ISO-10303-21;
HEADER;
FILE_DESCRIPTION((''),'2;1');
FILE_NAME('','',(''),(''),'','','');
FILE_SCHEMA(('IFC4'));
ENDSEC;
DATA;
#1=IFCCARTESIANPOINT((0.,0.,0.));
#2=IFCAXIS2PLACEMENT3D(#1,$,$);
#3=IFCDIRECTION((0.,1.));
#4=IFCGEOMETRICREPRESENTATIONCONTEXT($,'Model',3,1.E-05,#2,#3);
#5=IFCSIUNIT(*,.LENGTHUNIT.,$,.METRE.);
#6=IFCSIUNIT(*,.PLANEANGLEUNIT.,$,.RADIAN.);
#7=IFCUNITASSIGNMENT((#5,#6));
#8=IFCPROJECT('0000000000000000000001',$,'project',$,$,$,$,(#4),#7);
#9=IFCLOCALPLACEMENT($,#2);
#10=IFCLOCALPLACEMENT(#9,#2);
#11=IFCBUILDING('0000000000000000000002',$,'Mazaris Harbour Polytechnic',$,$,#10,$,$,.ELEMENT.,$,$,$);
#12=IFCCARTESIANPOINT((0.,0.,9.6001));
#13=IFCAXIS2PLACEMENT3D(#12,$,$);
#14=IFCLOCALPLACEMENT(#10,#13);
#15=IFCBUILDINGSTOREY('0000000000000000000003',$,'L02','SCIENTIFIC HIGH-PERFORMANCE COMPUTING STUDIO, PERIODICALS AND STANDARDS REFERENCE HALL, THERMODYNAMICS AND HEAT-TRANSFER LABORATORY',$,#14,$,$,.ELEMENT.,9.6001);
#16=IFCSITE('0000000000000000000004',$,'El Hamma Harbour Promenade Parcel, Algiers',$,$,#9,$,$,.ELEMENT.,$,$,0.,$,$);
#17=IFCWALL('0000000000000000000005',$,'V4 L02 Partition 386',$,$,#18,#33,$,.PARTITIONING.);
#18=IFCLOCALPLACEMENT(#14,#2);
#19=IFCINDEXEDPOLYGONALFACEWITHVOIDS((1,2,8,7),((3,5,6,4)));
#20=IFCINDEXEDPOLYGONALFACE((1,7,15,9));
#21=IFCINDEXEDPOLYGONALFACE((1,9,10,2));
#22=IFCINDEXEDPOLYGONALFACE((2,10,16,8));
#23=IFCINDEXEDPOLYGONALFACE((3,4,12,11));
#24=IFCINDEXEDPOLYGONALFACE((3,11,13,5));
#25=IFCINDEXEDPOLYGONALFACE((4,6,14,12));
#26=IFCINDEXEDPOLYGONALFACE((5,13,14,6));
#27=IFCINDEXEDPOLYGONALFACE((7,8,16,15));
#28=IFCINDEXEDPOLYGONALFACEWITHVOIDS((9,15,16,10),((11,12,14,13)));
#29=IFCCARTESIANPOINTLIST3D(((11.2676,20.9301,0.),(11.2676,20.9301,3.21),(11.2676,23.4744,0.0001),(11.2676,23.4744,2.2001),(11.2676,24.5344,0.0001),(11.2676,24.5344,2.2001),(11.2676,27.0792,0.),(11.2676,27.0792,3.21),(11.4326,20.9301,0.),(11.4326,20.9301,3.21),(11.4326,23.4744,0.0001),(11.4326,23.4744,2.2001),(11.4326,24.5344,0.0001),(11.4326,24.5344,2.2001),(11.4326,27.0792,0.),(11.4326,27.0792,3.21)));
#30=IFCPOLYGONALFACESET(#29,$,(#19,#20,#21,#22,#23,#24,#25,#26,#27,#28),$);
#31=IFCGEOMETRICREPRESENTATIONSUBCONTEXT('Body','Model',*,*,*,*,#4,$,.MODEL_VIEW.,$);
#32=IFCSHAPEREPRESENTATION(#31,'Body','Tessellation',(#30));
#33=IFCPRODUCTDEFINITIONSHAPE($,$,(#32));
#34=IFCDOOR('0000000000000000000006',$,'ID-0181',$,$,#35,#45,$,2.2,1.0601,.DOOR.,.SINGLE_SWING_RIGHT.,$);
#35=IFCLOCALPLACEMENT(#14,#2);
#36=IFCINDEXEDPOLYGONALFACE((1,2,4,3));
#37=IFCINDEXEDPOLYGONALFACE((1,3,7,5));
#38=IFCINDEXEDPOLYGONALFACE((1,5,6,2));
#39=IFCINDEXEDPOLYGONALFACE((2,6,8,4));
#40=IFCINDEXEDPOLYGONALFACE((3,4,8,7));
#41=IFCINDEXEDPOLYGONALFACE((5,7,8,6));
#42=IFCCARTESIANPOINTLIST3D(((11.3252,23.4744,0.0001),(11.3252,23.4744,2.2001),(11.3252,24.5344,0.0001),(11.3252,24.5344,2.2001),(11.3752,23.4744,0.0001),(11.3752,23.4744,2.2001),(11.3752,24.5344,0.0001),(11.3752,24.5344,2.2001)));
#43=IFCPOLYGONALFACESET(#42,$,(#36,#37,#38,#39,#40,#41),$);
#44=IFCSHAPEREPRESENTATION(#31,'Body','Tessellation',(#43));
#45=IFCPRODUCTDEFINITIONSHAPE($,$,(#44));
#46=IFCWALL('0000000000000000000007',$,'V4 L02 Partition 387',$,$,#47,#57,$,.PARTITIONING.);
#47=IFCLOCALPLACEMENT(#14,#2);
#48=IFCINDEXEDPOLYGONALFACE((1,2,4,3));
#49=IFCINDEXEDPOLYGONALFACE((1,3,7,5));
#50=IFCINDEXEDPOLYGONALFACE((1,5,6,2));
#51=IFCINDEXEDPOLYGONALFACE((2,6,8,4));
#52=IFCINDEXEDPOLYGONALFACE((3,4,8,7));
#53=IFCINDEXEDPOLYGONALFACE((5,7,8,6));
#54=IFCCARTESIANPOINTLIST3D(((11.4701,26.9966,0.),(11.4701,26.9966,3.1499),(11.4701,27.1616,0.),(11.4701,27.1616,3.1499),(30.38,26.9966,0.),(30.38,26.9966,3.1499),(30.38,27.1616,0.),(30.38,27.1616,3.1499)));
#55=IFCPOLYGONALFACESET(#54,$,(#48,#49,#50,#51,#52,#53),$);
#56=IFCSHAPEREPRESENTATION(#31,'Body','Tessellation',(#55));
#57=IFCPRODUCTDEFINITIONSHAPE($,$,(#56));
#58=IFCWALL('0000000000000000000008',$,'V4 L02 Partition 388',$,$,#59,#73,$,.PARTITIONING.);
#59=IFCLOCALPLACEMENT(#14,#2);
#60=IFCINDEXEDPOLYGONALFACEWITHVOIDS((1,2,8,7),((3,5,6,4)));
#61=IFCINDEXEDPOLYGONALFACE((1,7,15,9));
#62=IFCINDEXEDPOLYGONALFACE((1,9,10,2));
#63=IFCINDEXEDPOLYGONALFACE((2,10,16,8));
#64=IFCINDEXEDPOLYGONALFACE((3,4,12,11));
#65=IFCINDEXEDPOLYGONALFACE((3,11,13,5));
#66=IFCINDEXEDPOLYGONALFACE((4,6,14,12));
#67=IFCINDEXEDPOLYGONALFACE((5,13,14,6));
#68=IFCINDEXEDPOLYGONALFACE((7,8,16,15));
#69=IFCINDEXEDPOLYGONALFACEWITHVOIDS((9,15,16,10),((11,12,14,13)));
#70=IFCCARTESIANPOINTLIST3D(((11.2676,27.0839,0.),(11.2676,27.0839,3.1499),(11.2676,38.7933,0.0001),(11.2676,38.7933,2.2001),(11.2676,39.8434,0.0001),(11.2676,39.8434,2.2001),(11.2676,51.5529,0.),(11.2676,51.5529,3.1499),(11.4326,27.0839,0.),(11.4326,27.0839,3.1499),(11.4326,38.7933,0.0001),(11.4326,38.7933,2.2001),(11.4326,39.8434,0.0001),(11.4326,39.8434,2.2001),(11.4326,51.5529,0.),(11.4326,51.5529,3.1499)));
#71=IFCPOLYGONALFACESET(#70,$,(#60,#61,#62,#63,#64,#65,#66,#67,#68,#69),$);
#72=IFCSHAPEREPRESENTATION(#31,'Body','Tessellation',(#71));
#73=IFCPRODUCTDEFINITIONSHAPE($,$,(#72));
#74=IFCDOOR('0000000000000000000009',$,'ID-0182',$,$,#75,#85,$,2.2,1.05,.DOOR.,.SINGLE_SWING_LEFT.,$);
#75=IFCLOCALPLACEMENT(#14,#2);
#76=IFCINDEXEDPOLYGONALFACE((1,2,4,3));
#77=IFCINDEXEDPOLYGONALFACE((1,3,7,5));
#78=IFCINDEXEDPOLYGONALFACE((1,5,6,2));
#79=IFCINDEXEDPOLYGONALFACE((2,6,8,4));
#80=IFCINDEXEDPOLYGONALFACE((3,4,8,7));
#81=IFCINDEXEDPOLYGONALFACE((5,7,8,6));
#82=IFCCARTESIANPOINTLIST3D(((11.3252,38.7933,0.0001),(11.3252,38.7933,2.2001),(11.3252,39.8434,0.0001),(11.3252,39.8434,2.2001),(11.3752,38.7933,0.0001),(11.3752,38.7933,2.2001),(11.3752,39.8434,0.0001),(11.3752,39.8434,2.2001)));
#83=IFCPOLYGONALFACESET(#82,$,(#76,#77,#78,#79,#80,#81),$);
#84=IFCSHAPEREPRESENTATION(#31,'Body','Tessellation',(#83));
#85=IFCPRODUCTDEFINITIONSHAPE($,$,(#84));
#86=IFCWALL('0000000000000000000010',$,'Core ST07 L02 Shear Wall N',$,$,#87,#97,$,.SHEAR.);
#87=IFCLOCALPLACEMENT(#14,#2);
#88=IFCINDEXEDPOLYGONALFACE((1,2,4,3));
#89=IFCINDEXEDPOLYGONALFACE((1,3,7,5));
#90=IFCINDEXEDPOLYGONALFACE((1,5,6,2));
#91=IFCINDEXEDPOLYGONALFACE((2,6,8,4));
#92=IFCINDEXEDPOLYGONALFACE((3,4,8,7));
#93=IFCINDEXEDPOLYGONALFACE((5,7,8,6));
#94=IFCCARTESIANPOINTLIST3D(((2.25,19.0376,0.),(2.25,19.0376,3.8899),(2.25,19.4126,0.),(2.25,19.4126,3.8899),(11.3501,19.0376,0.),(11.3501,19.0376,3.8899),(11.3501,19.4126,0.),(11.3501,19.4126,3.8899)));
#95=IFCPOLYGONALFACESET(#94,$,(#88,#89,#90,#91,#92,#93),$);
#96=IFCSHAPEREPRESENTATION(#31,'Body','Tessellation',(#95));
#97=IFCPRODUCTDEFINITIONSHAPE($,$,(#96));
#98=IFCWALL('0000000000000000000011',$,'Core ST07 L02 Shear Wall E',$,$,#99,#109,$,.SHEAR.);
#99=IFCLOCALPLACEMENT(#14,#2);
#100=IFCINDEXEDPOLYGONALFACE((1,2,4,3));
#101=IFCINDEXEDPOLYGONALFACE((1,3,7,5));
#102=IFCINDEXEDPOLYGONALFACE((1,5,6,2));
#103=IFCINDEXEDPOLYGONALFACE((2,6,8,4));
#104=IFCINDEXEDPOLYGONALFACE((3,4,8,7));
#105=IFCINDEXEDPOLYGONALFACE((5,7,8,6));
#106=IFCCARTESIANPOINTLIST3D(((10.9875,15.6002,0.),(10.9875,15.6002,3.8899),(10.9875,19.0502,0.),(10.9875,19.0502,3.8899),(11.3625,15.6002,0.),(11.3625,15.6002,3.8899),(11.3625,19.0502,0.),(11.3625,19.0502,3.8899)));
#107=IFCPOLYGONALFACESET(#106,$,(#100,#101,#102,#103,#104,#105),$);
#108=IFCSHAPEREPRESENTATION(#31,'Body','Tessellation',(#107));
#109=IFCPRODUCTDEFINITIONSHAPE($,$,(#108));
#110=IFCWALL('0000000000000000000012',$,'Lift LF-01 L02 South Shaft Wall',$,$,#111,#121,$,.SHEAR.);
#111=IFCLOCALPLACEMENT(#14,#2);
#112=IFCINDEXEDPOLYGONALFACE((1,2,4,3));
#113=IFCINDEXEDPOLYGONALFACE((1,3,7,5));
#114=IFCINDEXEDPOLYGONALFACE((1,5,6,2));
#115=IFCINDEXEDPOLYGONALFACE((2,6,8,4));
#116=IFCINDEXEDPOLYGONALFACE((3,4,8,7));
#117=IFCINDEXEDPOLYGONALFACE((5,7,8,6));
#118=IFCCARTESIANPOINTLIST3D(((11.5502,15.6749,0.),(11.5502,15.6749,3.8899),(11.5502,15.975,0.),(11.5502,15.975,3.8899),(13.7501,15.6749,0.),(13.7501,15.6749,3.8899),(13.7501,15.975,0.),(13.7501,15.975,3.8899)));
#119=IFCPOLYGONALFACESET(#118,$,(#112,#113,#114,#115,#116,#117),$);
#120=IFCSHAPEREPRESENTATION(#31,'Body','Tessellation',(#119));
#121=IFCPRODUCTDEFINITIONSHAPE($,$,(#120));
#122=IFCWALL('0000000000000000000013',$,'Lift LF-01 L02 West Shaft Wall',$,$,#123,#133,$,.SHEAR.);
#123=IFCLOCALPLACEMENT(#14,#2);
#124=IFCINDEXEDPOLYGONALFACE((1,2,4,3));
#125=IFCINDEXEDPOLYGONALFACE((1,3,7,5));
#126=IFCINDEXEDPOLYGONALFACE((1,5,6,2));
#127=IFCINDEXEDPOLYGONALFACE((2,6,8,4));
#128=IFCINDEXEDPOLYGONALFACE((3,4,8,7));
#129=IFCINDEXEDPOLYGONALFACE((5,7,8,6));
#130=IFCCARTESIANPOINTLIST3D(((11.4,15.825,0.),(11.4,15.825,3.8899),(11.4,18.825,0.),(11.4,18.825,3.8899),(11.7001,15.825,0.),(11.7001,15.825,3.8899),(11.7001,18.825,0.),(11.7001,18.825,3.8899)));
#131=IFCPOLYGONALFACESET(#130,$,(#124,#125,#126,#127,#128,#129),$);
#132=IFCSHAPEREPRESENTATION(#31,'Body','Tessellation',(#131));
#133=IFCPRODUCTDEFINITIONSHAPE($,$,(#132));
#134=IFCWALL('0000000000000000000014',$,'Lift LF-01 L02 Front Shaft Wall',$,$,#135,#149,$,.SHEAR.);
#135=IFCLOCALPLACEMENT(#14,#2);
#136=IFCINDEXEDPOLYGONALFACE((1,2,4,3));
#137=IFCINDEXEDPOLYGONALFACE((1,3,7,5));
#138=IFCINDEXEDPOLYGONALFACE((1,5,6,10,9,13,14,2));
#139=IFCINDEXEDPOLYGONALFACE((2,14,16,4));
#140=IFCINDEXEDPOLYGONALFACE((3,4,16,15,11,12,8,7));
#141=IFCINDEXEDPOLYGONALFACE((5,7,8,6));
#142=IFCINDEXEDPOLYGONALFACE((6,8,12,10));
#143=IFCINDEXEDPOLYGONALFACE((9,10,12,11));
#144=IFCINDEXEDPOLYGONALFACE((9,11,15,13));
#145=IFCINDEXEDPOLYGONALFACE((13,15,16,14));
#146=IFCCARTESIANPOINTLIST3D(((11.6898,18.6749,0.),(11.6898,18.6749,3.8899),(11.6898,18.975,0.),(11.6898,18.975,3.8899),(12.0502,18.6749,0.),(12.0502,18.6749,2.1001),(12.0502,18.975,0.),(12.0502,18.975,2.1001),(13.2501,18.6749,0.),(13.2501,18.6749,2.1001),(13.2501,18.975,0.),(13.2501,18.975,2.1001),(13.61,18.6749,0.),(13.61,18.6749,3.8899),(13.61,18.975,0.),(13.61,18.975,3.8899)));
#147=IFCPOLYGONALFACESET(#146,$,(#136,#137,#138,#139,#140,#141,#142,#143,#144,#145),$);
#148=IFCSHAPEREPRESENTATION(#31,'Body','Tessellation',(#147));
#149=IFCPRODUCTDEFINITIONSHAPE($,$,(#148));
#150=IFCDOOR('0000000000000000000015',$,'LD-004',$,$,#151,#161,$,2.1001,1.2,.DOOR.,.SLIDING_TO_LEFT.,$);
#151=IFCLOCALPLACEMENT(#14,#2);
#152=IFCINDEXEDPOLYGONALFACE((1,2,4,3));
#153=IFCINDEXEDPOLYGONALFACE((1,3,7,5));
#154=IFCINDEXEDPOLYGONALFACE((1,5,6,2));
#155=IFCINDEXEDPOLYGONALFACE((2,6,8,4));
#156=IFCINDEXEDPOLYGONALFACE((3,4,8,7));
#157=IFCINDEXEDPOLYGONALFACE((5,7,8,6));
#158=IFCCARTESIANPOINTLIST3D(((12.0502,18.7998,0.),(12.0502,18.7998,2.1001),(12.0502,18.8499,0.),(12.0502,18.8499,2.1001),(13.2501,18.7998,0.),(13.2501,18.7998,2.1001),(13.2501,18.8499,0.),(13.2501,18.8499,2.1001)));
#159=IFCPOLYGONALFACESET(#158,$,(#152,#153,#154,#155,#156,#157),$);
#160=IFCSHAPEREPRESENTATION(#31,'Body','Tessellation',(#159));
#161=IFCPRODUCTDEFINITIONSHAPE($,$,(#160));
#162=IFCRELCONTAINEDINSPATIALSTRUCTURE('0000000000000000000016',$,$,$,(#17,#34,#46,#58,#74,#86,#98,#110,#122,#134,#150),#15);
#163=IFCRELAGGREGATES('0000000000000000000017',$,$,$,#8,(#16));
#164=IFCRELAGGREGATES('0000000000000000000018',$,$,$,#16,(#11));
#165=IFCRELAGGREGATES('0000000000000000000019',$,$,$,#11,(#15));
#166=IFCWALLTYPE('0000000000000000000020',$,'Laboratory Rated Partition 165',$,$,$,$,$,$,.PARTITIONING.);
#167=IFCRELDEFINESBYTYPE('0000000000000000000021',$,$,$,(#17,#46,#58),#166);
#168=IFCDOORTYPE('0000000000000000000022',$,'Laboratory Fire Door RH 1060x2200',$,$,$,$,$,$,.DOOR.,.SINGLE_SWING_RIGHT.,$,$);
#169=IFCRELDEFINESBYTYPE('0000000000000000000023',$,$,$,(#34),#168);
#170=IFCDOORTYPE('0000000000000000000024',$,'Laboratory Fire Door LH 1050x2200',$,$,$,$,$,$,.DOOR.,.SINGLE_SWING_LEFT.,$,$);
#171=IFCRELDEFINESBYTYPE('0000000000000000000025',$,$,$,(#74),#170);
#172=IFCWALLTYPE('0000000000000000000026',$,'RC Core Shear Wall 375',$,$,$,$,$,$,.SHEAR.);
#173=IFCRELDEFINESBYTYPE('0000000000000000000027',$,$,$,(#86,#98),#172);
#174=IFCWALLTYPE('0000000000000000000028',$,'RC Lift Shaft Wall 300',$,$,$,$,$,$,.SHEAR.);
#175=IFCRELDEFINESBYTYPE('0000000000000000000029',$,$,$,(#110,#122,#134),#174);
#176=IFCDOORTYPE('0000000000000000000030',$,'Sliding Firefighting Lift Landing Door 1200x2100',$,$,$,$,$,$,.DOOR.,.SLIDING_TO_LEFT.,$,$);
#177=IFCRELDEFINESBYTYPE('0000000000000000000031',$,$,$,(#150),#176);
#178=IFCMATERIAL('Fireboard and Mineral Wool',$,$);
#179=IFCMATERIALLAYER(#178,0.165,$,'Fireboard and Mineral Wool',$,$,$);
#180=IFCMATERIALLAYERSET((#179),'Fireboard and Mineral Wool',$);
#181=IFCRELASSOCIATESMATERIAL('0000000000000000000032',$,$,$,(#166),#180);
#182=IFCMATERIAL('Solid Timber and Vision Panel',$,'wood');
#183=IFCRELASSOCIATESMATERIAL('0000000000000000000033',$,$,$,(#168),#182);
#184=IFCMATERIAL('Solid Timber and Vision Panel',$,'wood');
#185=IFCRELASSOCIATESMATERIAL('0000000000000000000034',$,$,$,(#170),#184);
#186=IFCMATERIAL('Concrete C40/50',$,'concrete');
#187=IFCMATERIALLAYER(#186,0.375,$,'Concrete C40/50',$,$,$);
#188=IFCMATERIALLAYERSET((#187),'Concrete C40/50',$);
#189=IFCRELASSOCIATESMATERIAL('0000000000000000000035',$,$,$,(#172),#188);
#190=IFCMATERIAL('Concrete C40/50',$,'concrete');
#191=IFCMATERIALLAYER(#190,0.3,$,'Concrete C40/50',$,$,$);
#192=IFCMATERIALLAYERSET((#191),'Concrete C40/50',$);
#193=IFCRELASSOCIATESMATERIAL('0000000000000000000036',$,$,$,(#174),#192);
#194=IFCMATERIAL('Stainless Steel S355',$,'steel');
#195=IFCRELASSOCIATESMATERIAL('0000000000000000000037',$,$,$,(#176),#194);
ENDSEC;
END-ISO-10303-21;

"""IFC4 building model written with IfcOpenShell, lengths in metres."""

from ifc_helpers import new_model, si_unit, direction, frame, frame_2d, origin, place, context, subcontext, project, spatial, rectangle, extrude, material, layer, layer_set, type_object, element, fill, save


model = new_model("IFC4")

# Units and contexts
model_context = context("Model", 3, precision=1e-05, world=origin(), true_north=direction((0.0, 1.0)))
body_context = subcontext(model_context, "Body", "Model", "MODEL_VIEW")
ifc_project = project(units=[si_unit("LENGTHUNIT", "METRE"), si_unit("PLANEANGLEUNIT", "RADIAN")], contexts=[model_context])

# Site, building, storey
site_placement = place(None, origin())
site = spatial("IfcSite", under=ifc_project, at=site_placement, Name="El Hamma Harbour Promenade Parcel, Algiers", CompositionType="ELEMENT", RefElevation=0.0)
building_placement = place(site_placement, origin())
building = spatial("IfcBuilding", under=site, at=building_placement, Name="Mazaris Harbour Polytechnic", CompositionType="ELEMENT")
storey_placement = place(building_placement, frame((0.0, 0.0, 9.6001)))
storey = spatial("IfcBuildingStorey", under=building, at=storey_placement, Name="L02", Description="SCIENTIFIC HIGH-PERFORMANCE COMPUTING STUDIO, PERIODICALS AND STANDARDS REFERENCE HALL, THERMODYNAMICS AND HEAT-TRANSFER LABORATORY", CompositionType="ELEMENT", Elevation=9.6001)

# Wall, opening, door
ifc_material_1 = material(Name="Fireboard and Mineral Wool")
ifc_layer_1 = layer(ifc_material_1, 0.165, Name="Fireboard and Mineral Wool")
ifc_layer_set_1 = layer_set([ifc_layer_1], Name="Fireboard and Mineral Wool")
wall_type_1 = type_object("IfcWallType", Name="Laboratory Rated Partition 165", PredefinedType="PARTITIONING", material=ifc_layer_set_1)
wall_1_placement = place(storey_placement, frame((11.3501, 20.9299, 0.0), z_axis=(0.0, 0.0, 1.0), x_axis=(0.0, 1.0, 0.0)))
wall_1 = element("IfcWall", 1, at=wall_1_placement, inside=storey, type_object=wall_type_1, Name="V4 L02 Partition 386", PredefinedType="PARTITIONING", context=body_context, shape_type="SweptSolid", body=[
    extrude(rectangle(XDim=6.1492, YDim=0.165, at=frame_2d((3.0747, 0.0))), origin(), (0.0, 0.0, 1.0), 3.21),
])
opening_1_placement = place(wall_1_placement, frame((2.5444, 0.0, 0.0)))
opening_1 = element("IfcOpeningElement", 2, at=opening_1_placement, cuts=wall_1, PredefinedType="OPENING", context=body_context, shape_type="SweptSolid", body=[
    extrude(rectangle(XDim=1.0601, YDim=2.2, at=frame_2d((0.53, 1.1001))), frame((0.0, 0.0925, 0.0), z_axis=(0.0, -1.0, 0.0), x_axis=(1.0, 0.0, 0.0)), (0.0, 0.0, 1.0), 0.1851),
])
ifc_material_2 = material(Name="Solid Timber and Vision Panel", Category="wood")
door_type_1 = type_object("IfcDoorType", Name="Laboratory Fire Door RH 1060x2200", OperationType="SINGLE_SWING_RIGHT", PredefinedType="DOOR", material=ifc_material_2)
door_1_placement = place(opening_1_placement, origin())
door_1 = element("IfcDoor", 3, at=door_1_placement, inside=storey, type_object=door_type_1, Name="ID-0181", OperationType="SINGLE_SWING_RIGHT", OverallHeight=2.2, OverallWidth=1.0601, PredefinedType="DOOR", context=body_context, shape_type="SweptSolid", body=[
    extrude(rectangle(XDim=1.0601, YDim=2.2, at=frame_2d((0.53, 1.1001))), frame((0.0, 0.0249, 0.0), z_axis=(0.0, -1.0, 0.0), x_axis=(1.0, 0.0, 0.0)), (0.0, 0.0, 1.0), 0.05),
])
fill(opening_1, door_1)

# Wall
wall_2_placement = place(storey_placement, frame((11.47, 27.0791, 0.0), z_axis=(0.0, 0.0, 1.0), x_axis=(1.0, 0.0, 0.0)))
element("IfcWall", 4, at=wall_2_placement, inside=storey, type_object=wall_type_1, Name="V4 L02 Partition 387", PredefinedType="PARTITIONING", context=body_context, shape_type="SweptSolid", body=[
    extrude(rectangle(XDim=18.9099, YDim=0.165, at=frame_2d((9.4551, 0.0))), origin(), (0.0, 0.0, 1.0), 3.1499),
])

# Wall, opening, door
wall_3_placement = place(storey_placement, frame((11.3501, 27.084, 0.0), z_axis=(0.0, 0.0, 1.0), x_axis=(0.0, 1.0, 0.0)))
wall_3 = element("IfcWall", 5, at=wall_3_placement, inside=storey, type_object=wall_type_1, Name="V4 L02 Partition 388", PredefinedType="PARTITIONING", context=body_context, shape_type="SweptSolid", body=[
    extrude(rectangle(XDim=24.469, YDim=0.165, at=frame_2d((12.2344, 0.0))), origin(), (0.0, 0.0, 1.0), 3.1499),
])
opening_2_placement = place(wall_3_placement, frame((11.7095, 0.0, 0.0)))
opening_2 = element("IfcOpeningElement", 6, at=opening_2_placement, cuts=wall_3, PredefinedType="OPENING", context=body_context, shape_type="SweptSolid", body=[
    extrude(rectangle(XDim=1.05, YDim=2.2, at=frame_2d((0.5249, 1.1001))), frame((0.0, 0.0925, 0.0), z_axis=(0.0, -1.0, 0.0), x_axis=(1.0, 0.0, 0.0)), (0.0, 0.0, 1.0), 0.1851),
])
ifc_material_3 = material(Name="Solid Timber and Vision Panel", Category="wood")
door_type_2 = type_object("IfcDoorType", Name="Laboratory Fire Door LH 1050x2200", OperationType="SINGLE_SWING_LEFT", PredefinedType="DOOR", material=ifc_material_3)
door_2_placement = place(opening_2_placement, origin())
door_2 = element("IfcDoor", 7, at=door_2_placement, inside=storey, type_object=door_type_2, Name="ID-0182", OperationType="SINGLE_SWING_LEFT", OverallHeight=2.2, OverallWidth=1.05, PredefinedType="DOOR", context=body_context, shape_type="SweptSolid", body=[
    extrude(rectangle(XDim=1.05, YDim=2.2, at=frame_2d((0.5249, 1.1001))), frame((0.0, 0.0249, 0.0), z_axis=(0.0, -1.0, 0.0), x_axis=(1.0, 0.0, 0.0)), (0.0, 0.0, 1.0), 0.05),
])
fill(opening_2, door_2)

# Walls
ifc_material_4 = material(Name="Concrete C40/50", Category="concrete")
ifc_layer_2 = layer(ifc_material_4, 0.375, Name="Concrete C40/50")
ifc_layer_set_2 = layer_set([ifc_layer_2], Name="Concrete C40/50")
wall_type_2 = type_object("IfcWallType", Name="RC Core Shear Wall 375", PredefinedType="SHEAR", material=ifc_layer_set_2)
wall_4_placement = place(storey_placement, frame((11.3501, 19.2251, 0.0), z_axis=(0.0, 0.0, 1.0), x_axis=(-1.0, 0.0, 0.0)))
element("IfcWall", 8, at=wall_4_placement, inside=storey, type_object=wall_type_2, Name="Core ST07 L02 Shear Wall N", PredefinedType="SHEAR", context=body_context, shape_type="SweptSolid", body=[
    extrude(rectangle(XDim=9.1001, YDim=0.375, at=frame_2d((4.55, 0.0))), origin(), (0.0, 0.0, 1.0), 3.8899),
])
wall_5_placement = place(storey_placement, frame((11.175, 15.6001, 0.0), z_axis=(0.0, 0.0, 1.0), x_axis=(0.0, 1.0, 0.0)))
element("IfcWall", 9, at=wall_5_placement, inside=storey, type_object=wall_type_2, Name="Core ST07 L02 Shear Wall E", PredefinedType="SHEAR", context=body_context, shape_type="SweptSolid", body=[
    extrude(rectangle(XDim=3.45, YDim=0.375, at=frame_2d((1.7251, 0.0))), origin(), (0.0, 0.0, 1.0), 3.8899),
])
ifc_material_5 = material(Name="Concrete C40/50", Category="concrete")
ifc_layer_3 = layer(ifc_material_5, 0.3, Name="Concrete C40/50")
ifc_layer_set_3 = layer_set([ifc_layer_3], Name="Concrete C40/50")
wall_type_3 = type_object("IfcWallType", Name="RC Lift Shaft Wall 300", PredefinedType="SHEAR", material=ifc_layer_set_3)
wall_6_placement = place(storey_placement, frame((11.55, 15.825, 0.0), z_axis=(0.0, 0.0, 1.0), x_axis=(1.0, 0.0, 0.0)))
element("IfcWall", 10, at=wall_6_placement, inside=storey, type_object=wall_type_3, Name="Lift LF-01 L02 South Shaft Wall", PredefinedType="SHEAR", context=body_context, shape_type="SweptSolid", body=[
    extrude(rectangle(XDim=2.2, YDim=0.3, at=frame_2d((1.1001, 0.0))), origin(), (0.0, 0.0, 1.0), 3.8899),
])
wall_7_placement = place(storey_placement, frame((11.55, 18.825, 0.0), z_axis=(0.0, 0.0, 1.0), x_axis=(0.0, -1.0, 0.0)))
element("IfcWall", 11, at=wall_7_placement, inside=storey, type_object=wall_type_3, Name="Lift LF-01 L02 West Shaft Wall", PredefinedType="SHEAR", context=body_context, shape_type="SweptSolid", body=[
    extrude(rectangle(XDim=3.0, YDim=0.3, at=frame_2d((1.5, 0.0))), origin(), (0.0, 0.0, 1.0), 3.8899),
])

# Wall, opening, door
wall_8_placement = place(storey_placement, frame((11.6899, 18.825, 0.0), z_axis=(0.0, 0.0, 1.0), x_axis=(1.0, 0.0, 0.0)))
wall_8 = element("IfcWall", 12, at=wall_8_placement, inside=storey, type_object=wall_type_3, Name="Lift LF-01 L02 Front Shaft Wall", PredefinedType="SHEAR", context=body_context, shape_type="SweptSolid", body=[
    extrude(rectangle(XDim=1.9202, YDim=0.3, at=frame_2d((0.96, 0.0))), origin(), (0.0, 0.0, 1.0), 3.8899),
])
opening_3_placement = place(wall_8_placement, frame((0.3601, 0.0, 0.0)))
opening_3 = element("IfcOpeningElement", 13, at=opening_3_placement, cuts=wall_8, PredefinedType="OPENING", context=body_context, shape_type="SweptSolid", body=[
    extrude(rectangle(XDim=1.2, YDim=2.1001, at=frame_2d((0.6001, 1.05))), frame((0.0, 0.1599, 0.0), z_axis=(0.0, -1.0, 0.0), x_axis=(1.0, 0.0, 0.0)), (0.0, 0.0, 1.0), 0.3201),
])
ifc_material_6 = material(Name="Stainless Steel S355", Category="steel")
door_type_3 = type_object("IfcDoorType", Name="Sliding Firefighting Lift Landing Door 1200x2100", OperationType="SLIDING_TO_LEFT", PredefinedType="DOOR", material=ifc_material_6)
door_3_placement = place(opening_3_placement, origin())
door_3 = element("IfcDoor", 14, at=door_3_placement, inside=storey, type_object=door_type_3, Name="LD-004", OperationType="SLIDING_TO_LEFT", OverallHeight=2.1001, OverallWidth=1.2, PredefinedType="DOOR", context=body_context, shape_type="SweptSolid", body=[
    extrude(rectangle(XDim=1.2, YDim=2.1001, at=frame_2d((0.6001, 1.05))), frame((0.0, 0.0249, 0.0), z_axis=(0.0, -1.0, 0.0), x_axis=(1.0, 0.0, 0.0)), (0.0, 0.0, 1.0), 0.05),
])
fill(opening_3, door_3)

save(model, "model.ifc")
